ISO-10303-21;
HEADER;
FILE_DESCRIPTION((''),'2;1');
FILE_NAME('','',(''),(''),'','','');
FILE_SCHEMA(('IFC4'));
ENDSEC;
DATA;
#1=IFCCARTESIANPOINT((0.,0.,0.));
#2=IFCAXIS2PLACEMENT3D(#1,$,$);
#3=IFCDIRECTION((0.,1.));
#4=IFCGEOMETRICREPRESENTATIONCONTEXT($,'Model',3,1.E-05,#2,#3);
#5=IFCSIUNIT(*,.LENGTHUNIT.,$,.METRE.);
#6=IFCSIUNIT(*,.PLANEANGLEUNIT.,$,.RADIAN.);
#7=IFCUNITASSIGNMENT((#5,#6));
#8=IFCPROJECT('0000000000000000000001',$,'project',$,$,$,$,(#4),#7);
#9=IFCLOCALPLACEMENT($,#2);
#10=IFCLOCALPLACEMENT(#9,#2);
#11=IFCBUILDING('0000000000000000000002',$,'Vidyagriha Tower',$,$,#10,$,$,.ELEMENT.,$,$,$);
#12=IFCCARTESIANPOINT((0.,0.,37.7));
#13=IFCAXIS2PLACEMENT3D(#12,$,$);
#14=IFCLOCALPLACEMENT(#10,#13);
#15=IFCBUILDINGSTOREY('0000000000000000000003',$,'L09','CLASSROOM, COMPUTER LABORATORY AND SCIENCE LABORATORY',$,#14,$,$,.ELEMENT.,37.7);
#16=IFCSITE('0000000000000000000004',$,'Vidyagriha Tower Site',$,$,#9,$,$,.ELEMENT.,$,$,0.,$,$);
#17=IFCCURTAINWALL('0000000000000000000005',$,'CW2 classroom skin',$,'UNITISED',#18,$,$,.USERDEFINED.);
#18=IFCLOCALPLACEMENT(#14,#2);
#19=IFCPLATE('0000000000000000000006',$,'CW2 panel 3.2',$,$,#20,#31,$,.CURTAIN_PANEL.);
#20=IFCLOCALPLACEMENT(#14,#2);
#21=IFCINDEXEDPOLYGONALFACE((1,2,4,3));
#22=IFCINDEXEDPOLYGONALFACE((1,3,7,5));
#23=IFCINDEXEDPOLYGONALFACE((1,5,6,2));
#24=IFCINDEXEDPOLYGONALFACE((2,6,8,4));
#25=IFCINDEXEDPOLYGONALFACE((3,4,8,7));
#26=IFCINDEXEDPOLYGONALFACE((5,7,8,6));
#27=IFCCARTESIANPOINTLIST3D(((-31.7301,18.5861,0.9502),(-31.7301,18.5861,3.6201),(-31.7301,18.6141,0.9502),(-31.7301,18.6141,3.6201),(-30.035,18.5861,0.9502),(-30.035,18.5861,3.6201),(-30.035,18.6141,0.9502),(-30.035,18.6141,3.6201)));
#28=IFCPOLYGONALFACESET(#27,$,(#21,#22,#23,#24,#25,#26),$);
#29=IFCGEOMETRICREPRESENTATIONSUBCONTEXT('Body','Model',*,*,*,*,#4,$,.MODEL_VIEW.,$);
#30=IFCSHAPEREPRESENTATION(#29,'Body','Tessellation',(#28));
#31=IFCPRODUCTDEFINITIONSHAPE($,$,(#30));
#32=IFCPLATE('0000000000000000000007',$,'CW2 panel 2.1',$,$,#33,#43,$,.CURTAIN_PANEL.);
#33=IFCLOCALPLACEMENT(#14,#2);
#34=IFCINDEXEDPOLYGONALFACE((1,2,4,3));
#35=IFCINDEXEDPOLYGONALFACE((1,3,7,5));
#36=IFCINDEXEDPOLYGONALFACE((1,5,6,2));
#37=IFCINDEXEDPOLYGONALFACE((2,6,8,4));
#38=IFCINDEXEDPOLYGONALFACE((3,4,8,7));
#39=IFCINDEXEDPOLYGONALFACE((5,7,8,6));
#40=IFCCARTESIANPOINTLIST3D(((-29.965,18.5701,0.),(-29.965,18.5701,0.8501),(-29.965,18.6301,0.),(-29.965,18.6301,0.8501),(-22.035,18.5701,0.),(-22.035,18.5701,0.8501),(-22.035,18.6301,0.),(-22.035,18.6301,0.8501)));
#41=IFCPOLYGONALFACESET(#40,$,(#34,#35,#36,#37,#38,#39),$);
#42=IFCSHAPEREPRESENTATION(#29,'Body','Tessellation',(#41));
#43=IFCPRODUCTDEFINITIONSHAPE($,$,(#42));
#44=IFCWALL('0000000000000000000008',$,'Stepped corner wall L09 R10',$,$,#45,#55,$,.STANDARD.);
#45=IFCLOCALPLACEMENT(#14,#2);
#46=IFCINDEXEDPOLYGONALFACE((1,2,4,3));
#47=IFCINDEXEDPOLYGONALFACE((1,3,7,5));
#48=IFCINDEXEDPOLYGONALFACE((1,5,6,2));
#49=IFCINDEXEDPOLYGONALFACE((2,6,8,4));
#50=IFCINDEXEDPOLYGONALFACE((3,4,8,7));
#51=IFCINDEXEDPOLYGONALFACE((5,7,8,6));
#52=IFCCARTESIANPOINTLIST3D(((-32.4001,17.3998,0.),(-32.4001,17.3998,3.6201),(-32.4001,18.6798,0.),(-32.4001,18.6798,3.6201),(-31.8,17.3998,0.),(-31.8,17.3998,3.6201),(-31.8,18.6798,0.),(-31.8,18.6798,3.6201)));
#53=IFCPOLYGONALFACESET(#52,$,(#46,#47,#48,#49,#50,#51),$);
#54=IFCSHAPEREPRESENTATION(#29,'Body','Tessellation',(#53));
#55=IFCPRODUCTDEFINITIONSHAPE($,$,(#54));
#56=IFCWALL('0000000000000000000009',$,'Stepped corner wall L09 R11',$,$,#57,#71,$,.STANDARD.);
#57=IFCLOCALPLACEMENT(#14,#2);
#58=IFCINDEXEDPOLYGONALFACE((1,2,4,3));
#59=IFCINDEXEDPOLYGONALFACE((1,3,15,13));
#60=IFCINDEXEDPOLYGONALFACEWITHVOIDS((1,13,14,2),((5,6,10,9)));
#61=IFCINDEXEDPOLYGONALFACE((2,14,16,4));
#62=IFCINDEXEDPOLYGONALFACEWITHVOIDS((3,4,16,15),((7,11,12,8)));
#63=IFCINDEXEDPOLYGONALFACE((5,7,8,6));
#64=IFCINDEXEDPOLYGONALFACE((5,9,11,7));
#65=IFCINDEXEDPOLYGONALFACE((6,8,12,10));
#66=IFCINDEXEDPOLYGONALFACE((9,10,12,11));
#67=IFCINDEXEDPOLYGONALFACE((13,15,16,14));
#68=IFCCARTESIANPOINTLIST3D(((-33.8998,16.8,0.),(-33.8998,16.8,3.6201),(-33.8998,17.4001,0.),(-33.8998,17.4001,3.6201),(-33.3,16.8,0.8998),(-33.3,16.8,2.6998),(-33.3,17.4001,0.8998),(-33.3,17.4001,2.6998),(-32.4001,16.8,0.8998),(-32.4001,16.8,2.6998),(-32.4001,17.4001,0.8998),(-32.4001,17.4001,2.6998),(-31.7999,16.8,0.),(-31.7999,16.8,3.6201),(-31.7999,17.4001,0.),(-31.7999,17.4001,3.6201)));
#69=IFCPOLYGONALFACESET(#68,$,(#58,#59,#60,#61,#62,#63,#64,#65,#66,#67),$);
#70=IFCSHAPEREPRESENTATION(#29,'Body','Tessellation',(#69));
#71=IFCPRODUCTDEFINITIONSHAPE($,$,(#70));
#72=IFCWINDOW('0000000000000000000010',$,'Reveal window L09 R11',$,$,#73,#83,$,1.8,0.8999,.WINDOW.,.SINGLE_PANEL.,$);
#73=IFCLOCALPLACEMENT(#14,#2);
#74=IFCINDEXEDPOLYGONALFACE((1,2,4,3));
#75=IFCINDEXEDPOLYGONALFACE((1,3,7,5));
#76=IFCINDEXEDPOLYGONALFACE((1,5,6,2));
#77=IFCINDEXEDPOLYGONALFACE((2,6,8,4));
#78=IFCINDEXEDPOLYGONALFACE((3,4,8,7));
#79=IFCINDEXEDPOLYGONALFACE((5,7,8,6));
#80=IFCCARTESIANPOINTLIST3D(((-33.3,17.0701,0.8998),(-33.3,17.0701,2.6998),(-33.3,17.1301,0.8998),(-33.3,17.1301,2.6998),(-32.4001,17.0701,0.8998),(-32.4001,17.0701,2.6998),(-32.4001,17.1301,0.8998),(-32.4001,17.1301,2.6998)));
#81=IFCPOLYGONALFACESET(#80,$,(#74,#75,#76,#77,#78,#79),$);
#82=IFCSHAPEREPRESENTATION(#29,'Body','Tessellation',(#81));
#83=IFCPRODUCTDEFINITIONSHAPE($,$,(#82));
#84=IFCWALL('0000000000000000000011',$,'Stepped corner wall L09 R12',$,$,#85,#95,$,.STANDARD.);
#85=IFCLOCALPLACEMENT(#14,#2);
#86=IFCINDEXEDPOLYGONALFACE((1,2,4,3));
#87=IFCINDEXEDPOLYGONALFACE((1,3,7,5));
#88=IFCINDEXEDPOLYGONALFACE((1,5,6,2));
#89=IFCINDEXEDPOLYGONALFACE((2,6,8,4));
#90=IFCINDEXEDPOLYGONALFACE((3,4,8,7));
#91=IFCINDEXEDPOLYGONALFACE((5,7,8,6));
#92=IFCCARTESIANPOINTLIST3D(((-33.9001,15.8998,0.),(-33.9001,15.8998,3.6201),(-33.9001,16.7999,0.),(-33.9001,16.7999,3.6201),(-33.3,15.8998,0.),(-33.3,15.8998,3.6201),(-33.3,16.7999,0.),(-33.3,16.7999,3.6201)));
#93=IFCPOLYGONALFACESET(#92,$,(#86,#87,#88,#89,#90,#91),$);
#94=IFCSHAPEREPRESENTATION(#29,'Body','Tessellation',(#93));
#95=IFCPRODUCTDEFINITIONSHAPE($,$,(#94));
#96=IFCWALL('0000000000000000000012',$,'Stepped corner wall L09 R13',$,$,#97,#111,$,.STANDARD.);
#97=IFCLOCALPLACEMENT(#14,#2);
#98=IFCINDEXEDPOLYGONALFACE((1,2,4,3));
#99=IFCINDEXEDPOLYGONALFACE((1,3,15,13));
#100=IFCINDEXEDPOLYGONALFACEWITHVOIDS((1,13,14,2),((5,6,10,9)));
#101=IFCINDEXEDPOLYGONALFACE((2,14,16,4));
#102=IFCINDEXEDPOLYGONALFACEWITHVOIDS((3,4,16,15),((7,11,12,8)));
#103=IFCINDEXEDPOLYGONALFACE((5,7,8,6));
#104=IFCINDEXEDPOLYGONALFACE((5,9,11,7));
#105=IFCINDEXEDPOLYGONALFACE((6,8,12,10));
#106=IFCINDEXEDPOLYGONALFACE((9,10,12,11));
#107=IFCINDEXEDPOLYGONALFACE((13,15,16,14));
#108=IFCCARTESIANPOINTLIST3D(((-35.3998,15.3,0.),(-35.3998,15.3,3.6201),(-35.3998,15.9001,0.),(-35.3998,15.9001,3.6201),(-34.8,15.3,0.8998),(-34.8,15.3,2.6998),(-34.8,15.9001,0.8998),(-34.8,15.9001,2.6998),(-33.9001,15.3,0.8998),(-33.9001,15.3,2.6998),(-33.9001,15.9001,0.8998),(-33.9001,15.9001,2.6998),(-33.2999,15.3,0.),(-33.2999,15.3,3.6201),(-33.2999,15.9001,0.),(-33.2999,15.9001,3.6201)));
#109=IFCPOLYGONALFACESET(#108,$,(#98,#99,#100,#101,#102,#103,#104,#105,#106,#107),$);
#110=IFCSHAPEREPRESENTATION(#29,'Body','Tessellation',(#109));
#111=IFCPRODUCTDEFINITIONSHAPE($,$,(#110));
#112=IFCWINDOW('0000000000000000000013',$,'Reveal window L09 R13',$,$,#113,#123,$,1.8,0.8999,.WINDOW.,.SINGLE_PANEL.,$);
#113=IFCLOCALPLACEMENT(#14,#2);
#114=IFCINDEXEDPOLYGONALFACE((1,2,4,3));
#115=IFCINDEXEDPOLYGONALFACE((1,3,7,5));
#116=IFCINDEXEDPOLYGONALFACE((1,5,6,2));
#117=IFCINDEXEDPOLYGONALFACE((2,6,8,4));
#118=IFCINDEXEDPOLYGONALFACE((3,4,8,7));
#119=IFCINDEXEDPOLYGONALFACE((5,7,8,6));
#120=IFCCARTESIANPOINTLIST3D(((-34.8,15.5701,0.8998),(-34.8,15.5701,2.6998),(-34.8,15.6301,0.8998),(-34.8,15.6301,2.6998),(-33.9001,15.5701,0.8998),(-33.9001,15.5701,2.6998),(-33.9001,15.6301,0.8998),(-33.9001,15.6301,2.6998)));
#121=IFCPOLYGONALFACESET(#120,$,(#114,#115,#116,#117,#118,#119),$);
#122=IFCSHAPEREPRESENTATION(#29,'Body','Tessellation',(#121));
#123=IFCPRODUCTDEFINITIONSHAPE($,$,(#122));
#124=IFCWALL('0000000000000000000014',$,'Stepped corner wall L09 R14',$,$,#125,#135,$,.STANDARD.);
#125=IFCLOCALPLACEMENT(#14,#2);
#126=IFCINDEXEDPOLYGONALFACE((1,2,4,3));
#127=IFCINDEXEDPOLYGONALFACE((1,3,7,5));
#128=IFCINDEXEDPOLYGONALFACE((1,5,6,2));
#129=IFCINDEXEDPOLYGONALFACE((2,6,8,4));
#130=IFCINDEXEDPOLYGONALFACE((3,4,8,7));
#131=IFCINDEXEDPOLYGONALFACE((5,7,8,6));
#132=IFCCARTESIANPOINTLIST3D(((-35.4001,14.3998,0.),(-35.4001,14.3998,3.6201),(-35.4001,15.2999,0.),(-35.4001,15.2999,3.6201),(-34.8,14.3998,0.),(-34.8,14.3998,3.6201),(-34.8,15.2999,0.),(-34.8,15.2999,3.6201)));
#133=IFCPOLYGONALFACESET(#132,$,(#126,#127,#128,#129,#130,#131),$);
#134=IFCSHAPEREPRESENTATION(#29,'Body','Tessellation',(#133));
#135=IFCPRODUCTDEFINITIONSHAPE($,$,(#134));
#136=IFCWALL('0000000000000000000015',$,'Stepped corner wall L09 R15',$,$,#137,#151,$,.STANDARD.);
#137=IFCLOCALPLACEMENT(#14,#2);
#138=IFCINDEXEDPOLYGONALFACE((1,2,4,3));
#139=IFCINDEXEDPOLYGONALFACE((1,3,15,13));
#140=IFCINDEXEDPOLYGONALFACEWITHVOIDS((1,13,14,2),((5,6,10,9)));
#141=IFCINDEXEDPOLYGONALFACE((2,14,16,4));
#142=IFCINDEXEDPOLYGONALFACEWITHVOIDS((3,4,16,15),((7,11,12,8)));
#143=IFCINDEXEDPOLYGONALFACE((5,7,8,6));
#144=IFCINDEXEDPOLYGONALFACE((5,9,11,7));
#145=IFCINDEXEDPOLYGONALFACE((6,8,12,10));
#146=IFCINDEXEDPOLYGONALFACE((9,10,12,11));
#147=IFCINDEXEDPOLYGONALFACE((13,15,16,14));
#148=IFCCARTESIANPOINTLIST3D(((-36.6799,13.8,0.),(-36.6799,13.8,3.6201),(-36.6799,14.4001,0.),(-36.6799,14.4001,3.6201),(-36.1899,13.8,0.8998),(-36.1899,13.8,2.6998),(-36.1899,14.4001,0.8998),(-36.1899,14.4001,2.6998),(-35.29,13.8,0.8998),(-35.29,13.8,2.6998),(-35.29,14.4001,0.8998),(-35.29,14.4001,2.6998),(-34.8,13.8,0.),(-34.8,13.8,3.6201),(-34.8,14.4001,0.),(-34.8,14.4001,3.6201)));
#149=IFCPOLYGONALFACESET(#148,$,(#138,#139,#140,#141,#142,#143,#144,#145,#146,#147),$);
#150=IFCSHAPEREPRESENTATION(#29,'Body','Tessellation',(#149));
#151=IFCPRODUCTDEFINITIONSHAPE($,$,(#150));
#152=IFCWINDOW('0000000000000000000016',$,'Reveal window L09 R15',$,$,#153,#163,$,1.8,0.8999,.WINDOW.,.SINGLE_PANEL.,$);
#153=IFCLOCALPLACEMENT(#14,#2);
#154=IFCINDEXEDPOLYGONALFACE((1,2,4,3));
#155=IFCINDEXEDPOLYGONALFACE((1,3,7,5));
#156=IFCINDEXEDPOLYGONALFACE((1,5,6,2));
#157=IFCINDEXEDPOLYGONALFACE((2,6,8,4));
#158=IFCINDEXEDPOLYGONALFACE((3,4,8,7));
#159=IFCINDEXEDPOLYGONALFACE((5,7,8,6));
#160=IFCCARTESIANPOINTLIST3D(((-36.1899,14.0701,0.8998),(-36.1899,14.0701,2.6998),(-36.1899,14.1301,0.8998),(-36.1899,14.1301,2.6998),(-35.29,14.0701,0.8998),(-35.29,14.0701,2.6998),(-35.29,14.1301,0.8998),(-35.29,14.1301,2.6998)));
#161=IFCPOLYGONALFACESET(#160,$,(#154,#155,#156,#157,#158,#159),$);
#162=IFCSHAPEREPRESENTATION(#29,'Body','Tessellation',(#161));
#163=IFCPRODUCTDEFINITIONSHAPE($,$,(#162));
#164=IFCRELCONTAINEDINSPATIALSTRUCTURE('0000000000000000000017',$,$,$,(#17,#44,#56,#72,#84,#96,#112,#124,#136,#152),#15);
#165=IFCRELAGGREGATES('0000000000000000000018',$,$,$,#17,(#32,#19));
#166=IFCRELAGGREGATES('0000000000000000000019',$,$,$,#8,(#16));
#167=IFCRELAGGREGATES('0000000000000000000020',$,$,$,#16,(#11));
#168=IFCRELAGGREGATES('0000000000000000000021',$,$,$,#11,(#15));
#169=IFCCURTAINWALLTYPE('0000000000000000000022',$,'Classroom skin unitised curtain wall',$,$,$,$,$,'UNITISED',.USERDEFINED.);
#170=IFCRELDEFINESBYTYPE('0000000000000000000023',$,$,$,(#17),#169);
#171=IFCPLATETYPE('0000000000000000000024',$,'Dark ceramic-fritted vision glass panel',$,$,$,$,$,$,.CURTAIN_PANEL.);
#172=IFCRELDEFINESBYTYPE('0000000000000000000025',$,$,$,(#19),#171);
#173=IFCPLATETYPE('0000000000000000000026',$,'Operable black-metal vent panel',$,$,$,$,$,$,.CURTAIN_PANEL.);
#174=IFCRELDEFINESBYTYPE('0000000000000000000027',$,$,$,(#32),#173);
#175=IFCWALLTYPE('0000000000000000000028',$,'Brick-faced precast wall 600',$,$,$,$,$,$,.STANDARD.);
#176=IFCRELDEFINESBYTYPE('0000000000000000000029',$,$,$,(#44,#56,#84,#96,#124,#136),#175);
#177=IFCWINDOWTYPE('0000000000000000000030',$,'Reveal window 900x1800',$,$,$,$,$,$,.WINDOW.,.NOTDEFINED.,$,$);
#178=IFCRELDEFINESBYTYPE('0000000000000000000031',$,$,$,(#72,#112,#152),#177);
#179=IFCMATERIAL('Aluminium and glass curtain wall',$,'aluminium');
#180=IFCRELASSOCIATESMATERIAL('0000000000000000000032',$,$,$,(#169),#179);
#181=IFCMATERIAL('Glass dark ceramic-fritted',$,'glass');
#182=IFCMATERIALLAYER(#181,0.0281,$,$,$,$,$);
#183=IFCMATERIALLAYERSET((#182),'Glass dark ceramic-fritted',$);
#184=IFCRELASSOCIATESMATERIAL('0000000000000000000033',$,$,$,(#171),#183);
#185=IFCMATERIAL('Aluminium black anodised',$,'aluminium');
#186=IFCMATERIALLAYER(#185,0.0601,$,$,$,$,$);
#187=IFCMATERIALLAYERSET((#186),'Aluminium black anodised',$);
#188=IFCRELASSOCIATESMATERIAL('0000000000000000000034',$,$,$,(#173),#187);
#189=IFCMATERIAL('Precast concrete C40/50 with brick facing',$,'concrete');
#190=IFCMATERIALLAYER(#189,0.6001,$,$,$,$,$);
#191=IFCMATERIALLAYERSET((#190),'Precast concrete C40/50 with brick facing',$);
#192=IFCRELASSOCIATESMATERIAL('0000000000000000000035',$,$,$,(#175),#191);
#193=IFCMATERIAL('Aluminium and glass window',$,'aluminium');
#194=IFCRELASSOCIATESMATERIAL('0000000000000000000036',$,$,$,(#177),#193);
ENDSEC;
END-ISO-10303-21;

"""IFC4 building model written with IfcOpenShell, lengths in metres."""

from ifc_helpers import new_model, si_unit, direction, frame, frame_2d, origin, origin_2d, place, context, subcontext, project, spatial, rectangle, extrude, material, layer, layer_set, type_object, element, fill, aggregate, save


model = new_model("IFC4")

# Units and contexts
model_context = context("Model", 3, precision=1e-05, world=origin(), true_north=direction((0.0, 1.0)))
body_context = subcontext(model_context, "Body", "Model", "MODEL_VIEW")
ifc_project = project(units=[si_unit("LENGTHUNIT", "METRE"), si_unit("PLANEANGLEUNIT", "RADIAN")], contexts=[model_context])

# Site, building, storey
site_placement = place(None, origin())
site = spatial("IfcSite", under=ifc_project, at=site_placement, Name="Vidyagriha Tower Site", CompositionType="ELEMENT", RefElevation=0.0)
building_placement = place(site_placement, origin())
building = spatial("IfcBuilding", under=site, at=building_placement, Name="Vidyagriha Tower", CompositionType="ELEMENT")
storey_placement = place(building_placement, frame((0.0, 0.0, 37.7)))
storey = spatial("IfcBuildingStorey", under=building, at=storey_placement, Name="L09", Description="CLASSROOM, COMPUTER LABORATORY AND SCIENCE LABORATORY", CompositionType="ELEMENT", Elevation=37.7)

# Curtain wall
ifc_material_1 = material(Name="Aluminium and glass curtain wall", Category="aluminium")
curtain_wall_type = type_object("IfcCurtainWallType", Name="Classroom skin unitised curtain wall", ElementType="UNITISED", PredefinedType="USERDEFINED", material=ifc_material_1)
curtain_wall_1_placement = place(storey_placement, origin())
curtain_wall_1 = element("IfcCurtainWall", 1, at=curtain_wall_1_placement, inside=storey, type_object=curtain_wall_type, Name="CW2 classroom skin", ObjectType="UNITISED", PredefinedType="USERDEFINED")

# Plates
ifc_material_2 = material(Name="Glass dark ceramic-fritted", Category="glass")
ifc_layer_1 = layer(ifc_material_2, 0.0281)
ifc_layer_set_1 = layer_set([ifc_layer_1], Name="Glass dark ceramic-fritted")
plate_type_1 = type_object("IfcPlateType", Name="Dark ceramic-fritted vision glass panel", PredefinedType="CURTAIN_PANEL", material=ifc_layer_set_1)
plate_1_placement = place(storey_placement, frame((-30.8826, 18.6001, 0.9502), z_axis=(0.0, 0.0, 1.0), x_axis=(-1.0, 0.0, 0.0)))
plate_1 = element("IfcPlate", 2, at=plate_1_placement, type_object=plate_type_1, Name="CW2 panel 3.2", PredefinedType="CURTAIN_PANEL", context=body_context, shape_type="SweptSolid", body=[
    extrude(rectangle(XDim=1.6951, YDim=0.0281, at=origin_2d()), origin(), (0.0, 0.0, 1.0), 2.6699),
])
ifc_material_3 = material(Name="Aluminium black anodised", Category="aluminium")
ifc_layer_2 = layer(ifc_material_3, 0.0601)
ifc_layer_set_2 = layer_set([ifc_layer_2], Name="Aluminium black anodised")
plate_type_2 = type_object("IfcPlateType", Name="Operable black-metal vent panel", PredefinedType="CURTAIN_PANEL", material=ifc_layer_set_2)
plate_2_placement = place(storey_placement, frame((-26.0, 18.6001, 0.0), z_axis=(0.0, 0.0, 1.0), x_axis=(-1.0, 0.0, 0.0)))
plate_2 = element("IfcPlate", 3, at=plate_2_placement, type_object=plate_type_2, Name="CW2 panel 2.1", PredefinedType="CURTAIN_PANEL", context=body_context, shape_type="SweptSolid", body=[
    extrude(rectangle(XDim=7.9299, YDim=0.0601, at=origin_2d()), origin(), (0.0, 0.0, 1.0), 0.8501),
])
aggregate(curtain_wall_1, [plate_2, plate_1])

# Wall
ifc_material_4 = material(Name="Precast concrete C40/50 with brick facing", Category="concrete")
ifc_layer_3 = layer(ifc_material_4, 0.6001)
ifc_layer_set_3 = layer_set([ifc_layer_3], Name="Precast concrete C40/50 with brick facing")
wall_type = type_object("IfcWallType", Name="Brick-faced precast wall 600", PredefinedType="STANDARD", material=ifc_layer_set_3)
wall_1_placement = place(storey_placement, frame((-32.1001, 18.6799, 0.0), z_axis=(0.0, 0.0, 1.0), x_axis=(0.0, -1.0, 0.0)))
element("IfcWall", 4, at=wall_1_placement, inside=storey, type_object=wall_type, Name="Stepped corner wall L09 R10", PredefinedType="STANDARD", context=body_context, shape_type="SweptSolid", body=[
    extrude(rectangle(XDim=1.28, YDim=0.6001, at=frame_2d((0.6401, 0.0))), origin(), (0.0, 0.0, 1.0), 3.6201),
])

# Wall, opening, window
wall_2_placement = place(storey_placement, frame((-31.8, 17.1001, 0.0), z_axis=(0.0, 0.0, 1.0), x_axis=(-1.0, 0.0, 0.0)))
wall_2 = element("IfcWall", 5, at=wall_2_placement, inside=storey, type_object=wall_type, Name="Stepped corner wall L09 R11", PredefinedType="STANDARD", context=body_context, shape_type="SweptSolid", body=[
    extrude(rectangle(XDim=2.0999, YDim=0.6001, at=frame_2d((1.0498, 0.0))), origin(), (0.0, 0.0, 1.0), 3.6201),
])
opening_1_placement = place(wall_2_placement, frame((0.6001, 0.0, 0.8999)))
opening_1 = element("IfcOpeningElement", 6, at=opening_1_placement, cuts=wall_2, PredefinedType="OPENING", context=body_context, shape_type="SweptSolid", body=[
    extrude(rectangle(XDim=0.8999, YDim=1.8, at=frame_2d((0.45, 0.8999))), frame((0.0, 0.3101, 0.0), z_axis=(0.0, -1.0, 0.0), x_axis=(1.0, 0.0, 0.0)), (0.0, 0.0, 1.0), 0.6201),
])
ifc_material_5 = material(Name="Aluminium and glass window", Category="aluminium")
window_type = type_object("IfcWindowType", Name="Reveal window 900x1800", PartitioningType="NOTDEFINED", PredefinedType="WINDOW", material=ifc_material_5)
window_1_placement = place(opening_1_placement, origin())
window_1 = element("IfcWindow", 7, at=window_1_placement, inside=storey, type_object=window_type, Name="Reveal window L09 R11", OverallHeight=1.8, OverallWidth=0.8999, PartitioningType="SINGLE_PANEL", PredefinedType="WINDOW", context=body_context, shape_type="SweptSolid", body=[
    extrude(rectangle(XDim=0.8999, YDim=1.8, at=frame_2d((0.45, 0.8999))), frame((0.0, 0.03, 0.0), z_axis=(0.0, -1.0, 0.0), x_axis=(1.0, 0.0, 0.0)), (0.0, 0.0, 1.0), 0.0601),
])
fill(opening_1, window_1)

# Wall
wall_3_placement = place(storey_placement, frame((-33.6001, 16.8, 0.0), z_axis=(0.0, 0.0, 1.0), x_axis=(0.0, -1.0, 0.0)))
element("IfcWall", 8, at=wall_3_placement, inside=storey, type_object=wall_type, Name="Stepped corner wall L09 R12", PredefinedType="STANDARD", context=body_context, shape_type="SweptSolid", body=[
    extrude(rectangle(XDim=0.9001, YDim=0.6001, at=frame_2d((0.4502, 0.0))), origin(), (0.0, 0.0, 1.0), 3.6201),
])

# Wall, opening, window
wall_4_placement = place(storey_placement, frame((-33.3, 15.6001, 0.0), z_axis=(0.0, 0.0, 1.0), x_axis=(-1.0, 0.0, 0.0)))
wall_4 = element("IfcWall", 9, at=wall_4_placement, inside=storey, type_object=wall_type, Name="Stepped corner wall L09 R13", PredefinedType="STANDARD", context=body_context, shape_type="SweptSolid", body=[
    extrude(rectangle(XDim=2.0999, YDim=0.6001, at=frame_2d((1.0498, 0.0))), origin(), (0.0, 0.0, 1.0), 3.6201),
])
opening_2_placement = place(wall_4_placement, frame((0.6001, 0.0, 0.8999)))
opening_2 = element("IfcOpeningElement", 10, at=opening_2_placement, cuts=wall_4, PredefinedType="OPENING", context=body_context, shape_type="SweptSolid", body=[
    extrude(rectangle(XDim=0.8999, YDim=1.8, at=frame_2d((0.45, 0.8999))), frame((0.0, 0.3101, 0.0), z_axis=(0.0, -1.0, 0.0), x_axis=(1.0, 0.0, 0.0)), (0.0, 0.0, 1.0), 0.6201),
])
window_2_placement = place(opening_2_placement, origin())
window_2 = element("IfcWindow", 11, at=window_2_placement, inside=storey, type_object=window_type, Name="Reveal window L09 R13", OverallHeight=1.8, OverallWidth=0.8999, PartitioningType="SINGLE_PANEL", PredefinedType="WINDOW", context=body_context, shape_type="SweptSolid", body=[
    extrude(rectangle(XDim=0.8999, YDim=1.8, at=frame_2d((0.45, 0.8999))), frame((0.0, 0.03, 0.0), z_axis=(0.0, -1.0, 0.0), x_axis=(1.0, 0.0, 0.0)), (0.0, 0.0, 1.0), 0.0601),
])
fill(opening_2, window_2)

# Wall
wall_5_placement = place(storey_placement, frame((-35.1001, 15.3, 0.0), z_axis=(0.0, 0.0, 1.0), x_axis=(0.0, -1.0, 0.0)))
element("IfcWall", 12, at=wall_5_placement, inside=storey, type_object=wall_type, Name="Stepped corner wall L09 R14", PredefinedType="STANDARD", context=body_context, shape_type="SweptSolid", body=[
    extrude(rectangle(XDim=0.9001, YDim=0.6001, at=frame_2d((0.4502, 0.0))), origin(), (0.0, 0.0, 1.0), 3.6201),
])

# Wall, opening, window
wall_6_placement = place(storey_placement, frame((-34.8, 14.1001, 0.0), z_axis=(0.0, 0.0, 1.0), x_axis=(-1.0, 0.0, 0.0)))
wall_6 = element("IfcWall", 13, at=wall_6_placement, inside=storey, type_object=wall_type, Name="Stepped corner wall L09 R15", PredefinedType="STANDARD", context=body_context, shape_type="SweptSolid", body=[
    extrude(rectangle(XDim=1.8799, YDim=0.6001, at=frame_2d((0.9399, 0.0))), origin(), (0.0, 0.0, 1.0), 3.6201),
])
opening_3_placement = place(wall_6_placement, frame((0.49, 0.0, 0.8999)))
opening_3 = element("IfcOpeningElement", 14, at=opening_3_placement, cuts=wall_6, PredefinedType="OPENING", context=body_context, shape_type="SweptSolid", body=[
    extrude(rectangle(XDim=0.8999, YDim=1.8, at=frame_2d((0.45, 0.8999))), frame((0.0, 0.3101, 0.0), z_axis=(0.0, -1.0, 0.0), x_axis=(1.0, 0.0, 0.0)), (0.0, 0.0, 1.0), 0.6201),
])
window_3_placement = place(opening_3_placement, origin())
window_3 = element("IfcWindow", 15, at=window_3_placement, inside=storey, type_object=window_type, Name="Reveal window L09 R15", OverallHeight=1.8, OverallWidth=0.8999, PartitioningType="SINGLE_PANEL", PredefinedType="WINDOW", context=body_context, shape_type="SweptSolid", body=[
    extrude(rectangle(XDim=0.8999, YDim=1.8, at=frame_2d((0.45, 0.8999))), frame((0.0, 0.03, 0.0), z_axis=(0.0, -1.0, 0.0), x_axis=(1.0, 0.0, 0.0)), (0.0, 0.0, 1.0), 0.0601),
])
fill(opening_3, window_3)

save(model, "model.ifc")
